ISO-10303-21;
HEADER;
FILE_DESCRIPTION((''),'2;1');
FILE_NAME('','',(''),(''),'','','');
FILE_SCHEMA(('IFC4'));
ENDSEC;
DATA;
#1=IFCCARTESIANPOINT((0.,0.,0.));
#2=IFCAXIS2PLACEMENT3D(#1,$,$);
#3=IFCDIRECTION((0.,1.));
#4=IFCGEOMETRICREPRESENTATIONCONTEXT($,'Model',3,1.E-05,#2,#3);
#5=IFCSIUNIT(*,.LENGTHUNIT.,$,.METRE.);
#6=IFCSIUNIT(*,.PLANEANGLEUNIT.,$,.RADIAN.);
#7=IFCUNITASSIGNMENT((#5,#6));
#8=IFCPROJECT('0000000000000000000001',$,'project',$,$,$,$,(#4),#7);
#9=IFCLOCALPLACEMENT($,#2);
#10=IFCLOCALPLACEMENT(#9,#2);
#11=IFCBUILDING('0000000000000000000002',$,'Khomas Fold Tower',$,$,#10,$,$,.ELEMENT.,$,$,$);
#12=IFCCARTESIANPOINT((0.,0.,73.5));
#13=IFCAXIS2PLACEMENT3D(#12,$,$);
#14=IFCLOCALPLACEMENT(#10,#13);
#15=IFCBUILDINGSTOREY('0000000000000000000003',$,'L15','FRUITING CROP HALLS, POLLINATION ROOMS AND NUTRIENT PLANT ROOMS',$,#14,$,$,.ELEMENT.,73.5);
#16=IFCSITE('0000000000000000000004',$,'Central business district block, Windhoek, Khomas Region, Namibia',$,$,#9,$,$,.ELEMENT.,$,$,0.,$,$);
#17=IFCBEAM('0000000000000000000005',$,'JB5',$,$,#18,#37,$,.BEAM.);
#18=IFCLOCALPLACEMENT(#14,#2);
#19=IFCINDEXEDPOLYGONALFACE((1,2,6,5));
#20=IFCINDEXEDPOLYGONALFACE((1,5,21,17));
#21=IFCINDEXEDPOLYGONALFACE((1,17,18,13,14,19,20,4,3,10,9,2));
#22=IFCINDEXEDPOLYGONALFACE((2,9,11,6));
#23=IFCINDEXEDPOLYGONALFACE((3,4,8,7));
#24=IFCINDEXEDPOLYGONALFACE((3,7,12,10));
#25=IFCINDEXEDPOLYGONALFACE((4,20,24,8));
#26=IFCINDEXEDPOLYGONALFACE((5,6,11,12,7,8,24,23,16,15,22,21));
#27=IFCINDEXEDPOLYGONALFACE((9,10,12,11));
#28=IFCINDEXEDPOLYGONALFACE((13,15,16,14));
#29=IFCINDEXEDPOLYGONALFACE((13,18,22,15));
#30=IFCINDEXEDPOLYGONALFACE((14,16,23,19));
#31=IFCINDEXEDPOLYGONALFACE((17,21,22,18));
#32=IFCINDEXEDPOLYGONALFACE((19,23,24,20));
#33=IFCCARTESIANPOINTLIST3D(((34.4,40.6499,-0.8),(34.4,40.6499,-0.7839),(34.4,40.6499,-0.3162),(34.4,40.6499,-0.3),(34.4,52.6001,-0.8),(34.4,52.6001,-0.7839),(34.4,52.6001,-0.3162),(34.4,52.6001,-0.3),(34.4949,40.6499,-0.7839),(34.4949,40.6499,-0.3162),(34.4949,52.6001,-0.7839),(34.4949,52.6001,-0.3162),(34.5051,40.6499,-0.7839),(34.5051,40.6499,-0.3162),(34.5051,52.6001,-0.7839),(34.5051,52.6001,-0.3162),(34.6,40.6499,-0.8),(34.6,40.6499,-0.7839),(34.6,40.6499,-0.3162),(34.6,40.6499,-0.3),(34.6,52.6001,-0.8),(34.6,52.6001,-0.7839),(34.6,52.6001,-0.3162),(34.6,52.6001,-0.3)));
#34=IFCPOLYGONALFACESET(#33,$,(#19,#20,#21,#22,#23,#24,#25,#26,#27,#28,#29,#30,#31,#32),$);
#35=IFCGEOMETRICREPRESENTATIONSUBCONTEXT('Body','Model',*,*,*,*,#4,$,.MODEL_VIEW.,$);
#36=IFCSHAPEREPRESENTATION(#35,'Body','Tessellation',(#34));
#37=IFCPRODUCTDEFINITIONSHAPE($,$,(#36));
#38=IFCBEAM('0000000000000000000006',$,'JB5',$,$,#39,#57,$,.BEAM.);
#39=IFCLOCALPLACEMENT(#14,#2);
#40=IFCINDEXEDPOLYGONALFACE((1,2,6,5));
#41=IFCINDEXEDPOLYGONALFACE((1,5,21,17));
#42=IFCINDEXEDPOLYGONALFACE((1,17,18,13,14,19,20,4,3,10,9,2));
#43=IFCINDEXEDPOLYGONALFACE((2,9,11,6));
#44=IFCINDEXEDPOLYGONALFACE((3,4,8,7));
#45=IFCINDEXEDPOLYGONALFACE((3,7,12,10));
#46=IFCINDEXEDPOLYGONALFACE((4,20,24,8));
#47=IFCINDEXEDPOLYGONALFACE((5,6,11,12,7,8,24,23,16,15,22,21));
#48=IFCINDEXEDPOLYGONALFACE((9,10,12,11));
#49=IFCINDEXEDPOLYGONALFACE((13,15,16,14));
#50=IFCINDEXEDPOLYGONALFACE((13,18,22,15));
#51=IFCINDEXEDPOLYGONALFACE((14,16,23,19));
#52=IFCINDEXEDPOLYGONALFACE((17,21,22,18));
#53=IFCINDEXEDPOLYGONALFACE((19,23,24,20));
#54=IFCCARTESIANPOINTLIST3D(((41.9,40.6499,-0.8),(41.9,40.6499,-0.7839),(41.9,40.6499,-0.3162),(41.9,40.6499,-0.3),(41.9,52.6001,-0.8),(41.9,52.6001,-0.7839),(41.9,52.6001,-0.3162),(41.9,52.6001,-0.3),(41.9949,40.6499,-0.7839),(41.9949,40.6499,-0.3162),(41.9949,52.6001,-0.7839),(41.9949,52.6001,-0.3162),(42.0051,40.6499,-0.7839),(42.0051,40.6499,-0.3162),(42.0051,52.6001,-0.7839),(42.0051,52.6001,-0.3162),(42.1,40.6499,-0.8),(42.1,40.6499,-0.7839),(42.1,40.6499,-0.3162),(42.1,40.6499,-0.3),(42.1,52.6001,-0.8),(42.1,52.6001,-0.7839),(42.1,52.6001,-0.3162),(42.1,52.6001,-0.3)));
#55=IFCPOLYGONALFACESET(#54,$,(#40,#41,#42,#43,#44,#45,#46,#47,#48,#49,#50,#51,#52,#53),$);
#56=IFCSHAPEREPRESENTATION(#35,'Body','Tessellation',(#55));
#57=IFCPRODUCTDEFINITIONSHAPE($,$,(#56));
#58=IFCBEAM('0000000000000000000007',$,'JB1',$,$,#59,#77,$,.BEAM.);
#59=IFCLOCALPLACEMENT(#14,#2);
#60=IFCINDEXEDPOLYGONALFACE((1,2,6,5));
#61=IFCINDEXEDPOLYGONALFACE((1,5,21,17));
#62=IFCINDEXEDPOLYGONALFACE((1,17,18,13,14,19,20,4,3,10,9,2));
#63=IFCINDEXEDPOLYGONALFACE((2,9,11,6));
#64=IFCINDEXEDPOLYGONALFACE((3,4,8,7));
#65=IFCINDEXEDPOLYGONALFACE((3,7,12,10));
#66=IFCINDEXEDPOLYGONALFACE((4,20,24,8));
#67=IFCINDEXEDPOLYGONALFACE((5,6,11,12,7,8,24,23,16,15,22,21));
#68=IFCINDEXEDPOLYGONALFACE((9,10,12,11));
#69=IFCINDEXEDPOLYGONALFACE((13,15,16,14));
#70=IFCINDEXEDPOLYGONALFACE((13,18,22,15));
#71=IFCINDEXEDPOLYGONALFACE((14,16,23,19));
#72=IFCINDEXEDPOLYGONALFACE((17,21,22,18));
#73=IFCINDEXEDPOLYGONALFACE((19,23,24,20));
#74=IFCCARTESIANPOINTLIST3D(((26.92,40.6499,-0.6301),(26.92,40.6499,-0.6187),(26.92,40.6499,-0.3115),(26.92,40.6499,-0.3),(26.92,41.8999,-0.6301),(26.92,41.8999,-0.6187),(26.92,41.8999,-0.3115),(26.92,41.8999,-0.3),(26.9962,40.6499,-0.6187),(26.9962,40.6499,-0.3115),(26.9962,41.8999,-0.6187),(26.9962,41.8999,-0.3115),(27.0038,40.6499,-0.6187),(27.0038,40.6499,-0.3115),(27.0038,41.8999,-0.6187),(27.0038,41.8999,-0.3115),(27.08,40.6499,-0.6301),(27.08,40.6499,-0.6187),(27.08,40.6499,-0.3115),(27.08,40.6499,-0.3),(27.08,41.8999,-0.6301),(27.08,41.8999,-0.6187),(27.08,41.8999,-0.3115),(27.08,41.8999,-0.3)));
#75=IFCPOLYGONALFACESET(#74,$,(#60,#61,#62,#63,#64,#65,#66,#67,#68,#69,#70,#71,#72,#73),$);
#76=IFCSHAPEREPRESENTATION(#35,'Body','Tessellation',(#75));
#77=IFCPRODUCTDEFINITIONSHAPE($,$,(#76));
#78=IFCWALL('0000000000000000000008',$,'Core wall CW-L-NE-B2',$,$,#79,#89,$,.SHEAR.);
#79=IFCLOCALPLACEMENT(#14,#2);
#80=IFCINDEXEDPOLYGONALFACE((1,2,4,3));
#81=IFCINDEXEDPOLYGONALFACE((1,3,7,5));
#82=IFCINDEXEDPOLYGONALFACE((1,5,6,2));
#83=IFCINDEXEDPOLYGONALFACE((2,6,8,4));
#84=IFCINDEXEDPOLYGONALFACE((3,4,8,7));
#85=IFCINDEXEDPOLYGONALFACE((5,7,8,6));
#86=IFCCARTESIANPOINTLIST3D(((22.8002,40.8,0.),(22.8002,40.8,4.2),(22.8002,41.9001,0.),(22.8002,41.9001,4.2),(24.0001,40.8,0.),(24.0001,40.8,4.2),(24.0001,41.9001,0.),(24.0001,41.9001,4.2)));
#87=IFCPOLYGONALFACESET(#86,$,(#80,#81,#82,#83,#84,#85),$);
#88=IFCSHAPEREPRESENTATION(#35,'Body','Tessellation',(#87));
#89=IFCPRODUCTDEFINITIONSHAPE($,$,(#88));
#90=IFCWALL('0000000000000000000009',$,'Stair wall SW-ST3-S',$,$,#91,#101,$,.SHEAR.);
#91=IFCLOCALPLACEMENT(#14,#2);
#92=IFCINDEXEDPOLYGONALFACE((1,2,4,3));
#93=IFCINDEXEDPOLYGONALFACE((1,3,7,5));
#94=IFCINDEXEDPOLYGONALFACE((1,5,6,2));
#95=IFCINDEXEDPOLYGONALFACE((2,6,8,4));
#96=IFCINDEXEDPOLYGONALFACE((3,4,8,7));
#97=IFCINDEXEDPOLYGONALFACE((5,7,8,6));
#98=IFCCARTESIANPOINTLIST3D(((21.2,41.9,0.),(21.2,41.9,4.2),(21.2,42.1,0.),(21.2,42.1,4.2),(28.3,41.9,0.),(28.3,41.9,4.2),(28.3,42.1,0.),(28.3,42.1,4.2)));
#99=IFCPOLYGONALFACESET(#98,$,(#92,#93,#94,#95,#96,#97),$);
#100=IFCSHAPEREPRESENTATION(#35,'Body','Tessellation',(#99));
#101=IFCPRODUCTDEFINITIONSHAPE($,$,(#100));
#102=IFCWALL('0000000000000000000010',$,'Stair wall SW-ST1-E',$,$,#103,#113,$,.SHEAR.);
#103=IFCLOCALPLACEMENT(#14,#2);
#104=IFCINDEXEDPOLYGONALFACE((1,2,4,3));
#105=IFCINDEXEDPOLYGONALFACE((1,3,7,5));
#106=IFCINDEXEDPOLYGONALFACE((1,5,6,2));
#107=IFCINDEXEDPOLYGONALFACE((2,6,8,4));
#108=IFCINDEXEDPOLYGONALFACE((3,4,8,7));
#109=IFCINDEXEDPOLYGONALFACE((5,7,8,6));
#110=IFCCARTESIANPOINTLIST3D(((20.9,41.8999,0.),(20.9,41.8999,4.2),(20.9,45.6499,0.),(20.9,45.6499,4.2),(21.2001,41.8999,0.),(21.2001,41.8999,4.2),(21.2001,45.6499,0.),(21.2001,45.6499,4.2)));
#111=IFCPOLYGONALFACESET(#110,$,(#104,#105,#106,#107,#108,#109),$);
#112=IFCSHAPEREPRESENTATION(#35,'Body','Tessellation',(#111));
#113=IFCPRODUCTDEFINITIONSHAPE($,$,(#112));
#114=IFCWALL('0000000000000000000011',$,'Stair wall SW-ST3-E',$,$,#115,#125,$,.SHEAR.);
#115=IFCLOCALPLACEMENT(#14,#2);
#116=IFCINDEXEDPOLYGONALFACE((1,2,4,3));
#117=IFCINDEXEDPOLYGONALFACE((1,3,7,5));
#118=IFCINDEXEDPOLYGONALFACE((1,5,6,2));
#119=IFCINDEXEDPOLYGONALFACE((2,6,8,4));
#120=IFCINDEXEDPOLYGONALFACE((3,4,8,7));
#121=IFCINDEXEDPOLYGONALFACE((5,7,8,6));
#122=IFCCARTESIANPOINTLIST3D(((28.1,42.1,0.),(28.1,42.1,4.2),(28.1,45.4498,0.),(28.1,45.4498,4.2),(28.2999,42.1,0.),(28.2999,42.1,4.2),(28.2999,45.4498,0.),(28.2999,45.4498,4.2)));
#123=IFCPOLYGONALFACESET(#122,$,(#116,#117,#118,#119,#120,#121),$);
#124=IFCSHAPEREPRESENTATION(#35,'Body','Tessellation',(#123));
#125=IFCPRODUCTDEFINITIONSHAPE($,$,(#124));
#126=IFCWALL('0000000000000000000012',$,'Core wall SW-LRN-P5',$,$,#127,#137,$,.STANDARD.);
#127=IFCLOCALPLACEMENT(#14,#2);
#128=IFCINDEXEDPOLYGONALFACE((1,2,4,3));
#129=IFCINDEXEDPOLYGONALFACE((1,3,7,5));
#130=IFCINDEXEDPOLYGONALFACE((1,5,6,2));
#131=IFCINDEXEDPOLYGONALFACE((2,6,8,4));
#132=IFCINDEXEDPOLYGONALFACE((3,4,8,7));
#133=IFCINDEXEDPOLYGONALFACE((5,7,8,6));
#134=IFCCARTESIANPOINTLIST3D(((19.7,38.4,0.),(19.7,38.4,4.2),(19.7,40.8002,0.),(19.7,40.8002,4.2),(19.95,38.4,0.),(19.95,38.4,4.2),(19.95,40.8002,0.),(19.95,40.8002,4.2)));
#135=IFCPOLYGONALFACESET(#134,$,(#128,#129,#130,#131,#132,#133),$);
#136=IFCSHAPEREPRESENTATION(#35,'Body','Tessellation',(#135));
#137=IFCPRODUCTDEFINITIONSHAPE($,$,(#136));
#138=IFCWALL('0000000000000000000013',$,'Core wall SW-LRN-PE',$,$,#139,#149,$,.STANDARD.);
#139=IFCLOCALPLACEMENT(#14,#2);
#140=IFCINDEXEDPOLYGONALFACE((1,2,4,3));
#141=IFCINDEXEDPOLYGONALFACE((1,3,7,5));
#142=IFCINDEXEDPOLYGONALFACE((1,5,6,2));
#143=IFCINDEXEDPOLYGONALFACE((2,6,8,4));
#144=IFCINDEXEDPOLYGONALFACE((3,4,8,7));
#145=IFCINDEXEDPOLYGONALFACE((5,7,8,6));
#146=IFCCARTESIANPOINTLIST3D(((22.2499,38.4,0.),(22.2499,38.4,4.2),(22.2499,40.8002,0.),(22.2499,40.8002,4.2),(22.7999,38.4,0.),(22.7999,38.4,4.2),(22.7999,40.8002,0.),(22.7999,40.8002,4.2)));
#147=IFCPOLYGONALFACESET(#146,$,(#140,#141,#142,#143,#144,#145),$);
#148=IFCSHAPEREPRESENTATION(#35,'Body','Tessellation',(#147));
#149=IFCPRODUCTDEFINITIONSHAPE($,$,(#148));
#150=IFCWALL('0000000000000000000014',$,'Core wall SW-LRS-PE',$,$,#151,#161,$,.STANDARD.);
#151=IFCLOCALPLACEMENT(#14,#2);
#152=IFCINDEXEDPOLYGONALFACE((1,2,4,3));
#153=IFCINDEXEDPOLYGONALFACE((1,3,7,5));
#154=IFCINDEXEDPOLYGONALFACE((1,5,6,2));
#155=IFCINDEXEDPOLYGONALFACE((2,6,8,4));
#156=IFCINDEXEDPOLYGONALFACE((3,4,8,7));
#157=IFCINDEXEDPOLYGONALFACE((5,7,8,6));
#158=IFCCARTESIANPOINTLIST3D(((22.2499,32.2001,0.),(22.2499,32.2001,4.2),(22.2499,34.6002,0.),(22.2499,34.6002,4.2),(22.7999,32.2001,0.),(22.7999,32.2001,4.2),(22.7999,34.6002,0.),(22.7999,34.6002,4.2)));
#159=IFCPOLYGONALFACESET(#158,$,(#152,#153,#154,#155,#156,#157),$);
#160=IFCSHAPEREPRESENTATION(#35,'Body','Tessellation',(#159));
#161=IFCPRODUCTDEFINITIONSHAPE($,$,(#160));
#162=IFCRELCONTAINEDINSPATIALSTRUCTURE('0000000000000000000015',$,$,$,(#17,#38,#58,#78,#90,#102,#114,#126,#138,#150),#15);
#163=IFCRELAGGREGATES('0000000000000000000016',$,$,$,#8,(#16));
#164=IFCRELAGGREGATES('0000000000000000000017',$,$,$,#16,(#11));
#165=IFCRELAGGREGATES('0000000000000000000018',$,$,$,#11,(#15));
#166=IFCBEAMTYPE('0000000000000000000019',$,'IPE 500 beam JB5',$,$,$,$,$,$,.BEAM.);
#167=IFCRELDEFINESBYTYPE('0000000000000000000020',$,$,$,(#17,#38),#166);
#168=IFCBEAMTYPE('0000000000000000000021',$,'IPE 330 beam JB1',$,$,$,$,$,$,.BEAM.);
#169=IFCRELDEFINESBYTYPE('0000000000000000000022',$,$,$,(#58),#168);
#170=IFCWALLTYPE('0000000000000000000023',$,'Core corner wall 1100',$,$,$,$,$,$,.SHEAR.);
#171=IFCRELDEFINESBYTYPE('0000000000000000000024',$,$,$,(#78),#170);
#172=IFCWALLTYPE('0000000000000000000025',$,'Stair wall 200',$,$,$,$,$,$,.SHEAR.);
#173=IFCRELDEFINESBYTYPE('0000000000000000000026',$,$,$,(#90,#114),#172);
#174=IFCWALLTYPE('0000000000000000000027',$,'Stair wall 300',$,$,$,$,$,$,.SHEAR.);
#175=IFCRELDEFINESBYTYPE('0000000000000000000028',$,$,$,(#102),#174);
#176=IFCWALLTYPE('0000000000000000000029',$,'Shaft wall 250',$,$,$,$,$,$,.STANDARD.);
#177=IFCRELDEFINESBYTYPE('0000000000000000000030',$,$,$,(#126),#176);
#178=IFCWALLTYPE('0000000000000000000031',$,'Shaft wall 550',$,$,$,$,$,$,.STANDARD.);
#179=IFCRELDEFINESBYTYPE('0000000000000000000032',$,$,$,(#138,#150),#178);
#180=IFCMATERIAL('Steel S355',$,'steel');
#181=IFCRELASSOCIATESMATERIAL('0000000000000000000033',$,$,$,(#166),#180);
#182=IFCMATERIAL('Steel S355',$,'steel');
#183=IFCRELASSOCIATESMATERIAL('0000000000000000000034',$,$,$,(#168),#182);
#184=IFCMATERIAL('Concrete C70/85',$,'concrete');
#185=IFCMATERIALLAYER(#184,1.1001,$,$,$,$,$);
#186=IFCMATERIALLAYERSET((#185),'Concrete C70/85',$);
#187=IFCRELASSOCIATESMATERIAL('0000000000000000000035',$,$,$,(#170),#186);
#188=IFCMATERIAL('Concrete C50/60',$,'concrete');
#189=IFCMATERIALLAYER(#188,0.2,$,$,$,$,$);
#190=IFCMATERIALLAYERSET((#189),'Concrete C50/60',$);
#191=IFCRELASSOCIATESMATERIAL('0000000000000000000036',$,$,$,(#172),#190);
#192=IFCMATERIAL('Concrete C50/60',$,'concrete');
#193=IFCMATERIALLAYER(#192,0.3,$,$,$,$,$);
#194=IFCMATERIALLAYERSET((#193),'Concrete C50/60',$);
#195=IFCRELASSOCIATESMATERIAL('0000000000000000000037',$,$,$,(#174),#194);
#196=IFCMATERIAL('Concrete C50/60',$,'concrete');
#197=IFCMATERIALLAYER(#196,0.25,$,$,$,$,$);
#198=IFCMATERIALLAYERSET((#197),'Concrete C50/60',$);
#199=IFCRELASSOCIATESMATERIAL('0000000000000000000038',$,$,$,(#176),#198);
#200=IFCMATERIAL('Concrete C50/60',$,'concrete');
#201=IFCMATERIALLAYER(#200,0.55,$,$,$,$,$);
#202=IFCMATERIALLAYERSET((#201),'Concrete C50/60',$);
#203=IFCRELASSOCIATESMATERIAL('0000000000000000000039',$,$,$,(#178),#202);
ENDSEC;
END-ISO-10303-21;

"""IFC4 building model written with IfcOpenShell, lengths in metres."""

from ifc_helpers import new_model, si_unit, direction, frame, frame_2d, origin, origin_2d, place, context, subcontext, project, spatial, rectangle, i_section, extrude, source, transform, mapped, material, layer, layer_set, material_profile, profile_set, type_object, element, save


model = new_model("IFC4")

# Units and contexts
model_context = context("Model", 3, precision=1e-05, world=origin(), true_north=direction((0.0, 1.0)))
body_context = subcontext(model_context, "Body", "Model", "MODEL_VIEW")
ifc_project = project(units=[si_unit("LENGTHUNIT", "METRE"), si_unit("PLANEANGLEUNIT", "RADIAN")], contexts=[model_context])

# Site, building, storey
site_placement = place(None, origin())
site = spatial("IfcSite", under=ifc_project, at=site_placement, Name="Central business district block, Windhoek, Khomas Region, Namibia", CompositionType="ELEMENT", RefElevation=0.0)
building_placement = place(site_placement, origin())
building = spatial("IfcBuilding", under=site, at=building_placement, Name="Khomas Fold Tower", CompositionType="ELEMENT")
storey_placement = place(building_placement, frame((0.0, 0.0, 73.5)))
storey = spatial("IfcBuildingStorey", under=building, at=storey_placement, Name="L15", Description="FRUITING CROP HALLS, POLLINATION ROOMS AND NUTRIENT PLANT ROOMS", CompositionType="ELEMENT", Elevation=73.5)

# Beams
ifc_material_1 = material(Name="Steel S355", Category="steel")
ifc_material_profile_1 = material_profile(ifc_material_1, i_section(OverallWidth=0.2, OverallDepth=0.5, WebThickness=0.0103, FlangeThickness=0.0161, at=origin_2d()), Name="IPE 500")
ifc_profile_set_1 = profile_set([ifc_material_profile_1], Name="Steel S355")
beam_type_1 = type_object("IfcBeamType", Name="IPE 500 beam JB5", PredefinedType="BEAM", material=ifc_profile_set_1)
shared_shape_1 = source(origin(), body_context, "Body", "SweptSolid", [
    extrude(i_section(OverallWidth=0.2, OverallDepth=0.5, WebThickness=0.0103, FlangeThickness=0.0161, at=origin_2d()), origin(), (0.0, 0.0, 1.0), 11.9502),
])
for number, where, z_axis, x_axis, name in (
    (1, (34.5, 40.6499, -0.55), (0.0, 1.0, 0.0), (-1.0, 0.0, 0.0), "JB5"),
    (2, (42.0, 40.6499, -0.55), (0.0, 1.0, 0.0), (-1.0, 0.0, 0.0), "JB5"),
):
    element("IfcBeam", number, at=place(storey_placement, frame(where, z_axis=z_axis, x_axis=x_axis)), inside=storey, type_object=beam_type_1, Name=name, PredefinedType="BEAM", context=body_context, shape_type="MappedRepresentation", body=[
        mapped(shared_shape_1, transform((0.0, 0.0, 0.0))),
    ])
ifc_material_2 = material(Name="Steel S355", Category="steel")
ifc_material_profile_2 = material_profile(ifc_material_2, i_section(OverallWidth=0.1599, OverallDepth=0.3301, WebThickness=0.0076, FlangeThickness=0.0115, at=origin_2d()), Name="IPE 330")
ifc_profile_set_2 = profile_set([ifc_material_profile_2], Name="Steel S355")
beam_type_2 = type_object("IfcBeamType", Name="IPE 330 beam JB1", PredefinedType="BEAM", material=ifc_profile_set_2)
shared_shape_2 = source(origin(), body_context, "Body", "SweptSolid", [
    extrude(i_section(OverallWidth=0.1599, OverallDepth=0.3301, WebThickness=0.0076, FlangeThickness=0.0115, at=origin_2d()), origin(), (0.0, 0.0, 1.0), 1.25),
])
beam_placement = place(storey_placement, frame((27.0, 40.6499, -0.4651), z_axis=(0.0, 1.0, 0.0), x_axis=(-1.0, 0.0, 0.0)))
element("IfcBeam", 3, at=beam_placement, inside=storey, type_object=beam_type_2, Name="JB1", PredefinedType="BEAM", context=body_context, shape_type="MappedRepresentation", body=[
    mapped(shared_shape_2, transform((0.0, 0.0, 0.0))),
])

# Walls
ifc_material_3 = material(Name="Concrete C70/85", Category="concrete")
ifc_layer_1 = layer(ifc_material_3, 1.1001)
ifc_layer_set_1 = layer_set([ifc_layer_1], Name="Concrete C70/85")
wall_type_1 = type_object("IfcWallType", Name="Core corner wall 1100", PredefinedType="SHEAR", material=ifc_layer_set_1)
shared_shape_3 = source(origin(), body_context, "Body", "SweptSolid", [
    extrude(rectangle(XDim=1.2, YDim=1.1001, at=frame_2d((0.6001, 0.0))), origin(), (0.0, 0.0, 1.0), 4.2),
])
wall_1_placement = place(storey_placement, frame((22.8, 41.3501, 0.0), z_axis=(0.0, 0.0, 1.0), x_axis=(1.0, 0.0, 0.0)))
element("IfcWall", 4, at=wall_1_placement, inside=storey, type_object=wall_type_1, Name="Core wall CW-L-NE-B2", PredefinedType="SHEAR", context=body_context, shape_type="MappedRepresentation", body=[
    mapped(shared_shape_3, transform((0.0, 0.0, 0.0))),
])
ifc_material_4 = material(Name="Concrete C50/60", Category="concrete")
ifc_layer_2 = layer(ifc_material_4, 0.2)
ifc_layer_set_2 = layer_set([ifc_layer_2], Name="Concrete C50/60")
wall_type_2 = type_object("IfcWallType", Name="Stair wall 200", PredefinedType="SHEAR", material=ifc_layer_set_2)
shared_shape_4 = source(origin(), body_context, "Body", "SweptSolid", [
    extrude(rectangle(XDim=7.1001, YDim=0.2, at=frame_2d((3.55, 0.0))), origin(), (0.0, 0.0, 1.0), 4.2),
])
wall_2_placement = place(storey_placement, frame((21.2, 42.0, 0.0), z_axis=(0.0, 0.0, 1.0), x_axis=(1.0, 0.0, 0.0)))
element("IfcWall", 5, at=wall_2_placement, inside=storey, type_object=wall_type_2, Name="Stair wall SW-ST3-S", PredefinedType="SHEAR", context=body_context, shape_type="MappedRepresentation", body=[
    mapped(shared_shape_4, transform((0.0, 0.0, 0.0))),
])
ifc_material_5 = material(Name="Concrete C50/60", Category="concrete")
ifc_layer_3 = layer(ifc_material_5, 0.3)
ifc_layer_set_3 = layer_set([ifc_layer_3], Name="Concrete C50/60")
wall_type_3 = type_object("IfcWallType", Name="Stair wall 300", PredefinedType="SHEAR", material=ifc_layer_set_3)
shared_shape_5 = source(origin(), body_context, "Body", "SweptSolid", [
    extrude(rectangle(XDim=3.75, YDim=0.3, at=frame_2d((1.875, 0.0))), origin(), (0.0, 0.0, 1.0), 4.2),
])
wall_3_placement = place(storey_placement, frame((21.05, 41.8999, 0.0), z_axis=(0.0, 0.0, 1.0), x_axis=(0.0, 1.0, 0.0)))
element("IfcWall", 6, at=wall_3_placement, inside=storey, type_object=wall_type_3, Name="Stair wall SW-ST1-E", PredefinedType="SHEAR", context=body_context, shape_type="MappedRepresentation", body=[
    mapped(shared_shape_5, transform((0.0, 0.0, 0.0))),
])
shared_shape_6 = source(origin(), body_context, "Body", "SweptSolid", [
    extrude(rectangle(XDim=3.3499, YDim=0.2, at=frame_2d((1.6748, 0.0))), origin(), (0.0, 0.0, 1.0), 4.2),
])
wall_4_placement = place(storey_placement, frame((28.2, 42.1001, 0.0), z_axis=(0.0, 0.0, 1.0), x_axis=(0.0, 1.0, 0.0)))
element("IfcWall", 7, at=wall_4_placement, inside=storey, type_object=wall_type_2, Name="Stair wall SW-ST3-E", PredefinedType="SHEAR", context=body_context, shape_type="MappedRepresentation", body=[
    mapped(shared_shape_6, transform((0.0, 0.0, 0.0))),
])
ifc_material_6 = material(Name="Concrete C50/60", Category="concrete")
ifc_layer_4 = layer(ifc_material_6, 0.25)
ifc_layer_set_4 = layer_set([ifc_layer_4], Name="Concrete C50/60")
wall_type_4 = type_object("IfcWallType", Name="Shaft wall 250", PredefinedType="STANDARD", material=ifc_layer_set_4)
shared_shape_7 = source(origin(), body_context, "Body", "SweptSolid", [
    extrude(rectangle(XDim=2.4001, YDim=0.25, at=frame_2d((1.2002, 0.0))), origin(), (0.0, 0.0, 1.0), 4.2),
])
wall_5_placement = place(storey_placement, frame((19.825, 38.3999, 0.0), z_axis=(0.0, 0.0, 1.0), x_axis=(0.0, 1.0, 0.0)))
element("IfcWall", 8, at=wall_5_placement, inside=storey, type_object=wall_type_4, Name="Core wall SW-LRN-P5", PredefinedType="STANDARD", context=body_context, shape_type="MappedRepresentation", body=[
    mapped(shared_shape_7, transform((0.0, 0.0, 0.0))),
])
ifc_material_7 = material(Name="Concrete C50/60", Category="concrete")
ifc_layer_5 = layer(ifc_material_7, 0.55)
ifc_layer_set_5 = layer_set([ifc_layer_5], Name="Concrete C50/60")
wall_type_5 = type_object("IfcWallType", Name="Shaft wall 550", PredefinedType="STANDARD", material=ifc_layer_set_5)
shared_shape_8 = source(origin(), body_context, "Body", "SweptSolid", [
    extrude(rectangle(XDim=2.4001, YDim=0.55, at=frame_2d((1.2002, 0.0))), origin(), (0.0, 0.0, 1.0), 4.2),
])
for number, where, z_axis, x_axis, name in (
    (9, (22.5249, 38.3999, 0.0), (0.0, 0.0, 1.0), (0.0, 1.0, 0.0), "Core wall SW-LRN-PE"),
    (10, (22.5249, 32.2, 0.0), (0.0, 0.0, 1.0), (0.0, 1.0, 0.0), "Core wall SW-LRS-PE"),
):
    element("IfcWall", number, at=place(storey_placement, frame(where, z_axis=z_axis, x_axis=x_axis)), inside=storey, type_object=wall_type_5, Name=name, PredefinedType="STANDARD", context=body_context, shape_type="MappedRepresentation", body=[
        mapped(shared_shape_8, transform((0.0, 0.0, 0.0))),
    ])

save(model, "model.ifc")
